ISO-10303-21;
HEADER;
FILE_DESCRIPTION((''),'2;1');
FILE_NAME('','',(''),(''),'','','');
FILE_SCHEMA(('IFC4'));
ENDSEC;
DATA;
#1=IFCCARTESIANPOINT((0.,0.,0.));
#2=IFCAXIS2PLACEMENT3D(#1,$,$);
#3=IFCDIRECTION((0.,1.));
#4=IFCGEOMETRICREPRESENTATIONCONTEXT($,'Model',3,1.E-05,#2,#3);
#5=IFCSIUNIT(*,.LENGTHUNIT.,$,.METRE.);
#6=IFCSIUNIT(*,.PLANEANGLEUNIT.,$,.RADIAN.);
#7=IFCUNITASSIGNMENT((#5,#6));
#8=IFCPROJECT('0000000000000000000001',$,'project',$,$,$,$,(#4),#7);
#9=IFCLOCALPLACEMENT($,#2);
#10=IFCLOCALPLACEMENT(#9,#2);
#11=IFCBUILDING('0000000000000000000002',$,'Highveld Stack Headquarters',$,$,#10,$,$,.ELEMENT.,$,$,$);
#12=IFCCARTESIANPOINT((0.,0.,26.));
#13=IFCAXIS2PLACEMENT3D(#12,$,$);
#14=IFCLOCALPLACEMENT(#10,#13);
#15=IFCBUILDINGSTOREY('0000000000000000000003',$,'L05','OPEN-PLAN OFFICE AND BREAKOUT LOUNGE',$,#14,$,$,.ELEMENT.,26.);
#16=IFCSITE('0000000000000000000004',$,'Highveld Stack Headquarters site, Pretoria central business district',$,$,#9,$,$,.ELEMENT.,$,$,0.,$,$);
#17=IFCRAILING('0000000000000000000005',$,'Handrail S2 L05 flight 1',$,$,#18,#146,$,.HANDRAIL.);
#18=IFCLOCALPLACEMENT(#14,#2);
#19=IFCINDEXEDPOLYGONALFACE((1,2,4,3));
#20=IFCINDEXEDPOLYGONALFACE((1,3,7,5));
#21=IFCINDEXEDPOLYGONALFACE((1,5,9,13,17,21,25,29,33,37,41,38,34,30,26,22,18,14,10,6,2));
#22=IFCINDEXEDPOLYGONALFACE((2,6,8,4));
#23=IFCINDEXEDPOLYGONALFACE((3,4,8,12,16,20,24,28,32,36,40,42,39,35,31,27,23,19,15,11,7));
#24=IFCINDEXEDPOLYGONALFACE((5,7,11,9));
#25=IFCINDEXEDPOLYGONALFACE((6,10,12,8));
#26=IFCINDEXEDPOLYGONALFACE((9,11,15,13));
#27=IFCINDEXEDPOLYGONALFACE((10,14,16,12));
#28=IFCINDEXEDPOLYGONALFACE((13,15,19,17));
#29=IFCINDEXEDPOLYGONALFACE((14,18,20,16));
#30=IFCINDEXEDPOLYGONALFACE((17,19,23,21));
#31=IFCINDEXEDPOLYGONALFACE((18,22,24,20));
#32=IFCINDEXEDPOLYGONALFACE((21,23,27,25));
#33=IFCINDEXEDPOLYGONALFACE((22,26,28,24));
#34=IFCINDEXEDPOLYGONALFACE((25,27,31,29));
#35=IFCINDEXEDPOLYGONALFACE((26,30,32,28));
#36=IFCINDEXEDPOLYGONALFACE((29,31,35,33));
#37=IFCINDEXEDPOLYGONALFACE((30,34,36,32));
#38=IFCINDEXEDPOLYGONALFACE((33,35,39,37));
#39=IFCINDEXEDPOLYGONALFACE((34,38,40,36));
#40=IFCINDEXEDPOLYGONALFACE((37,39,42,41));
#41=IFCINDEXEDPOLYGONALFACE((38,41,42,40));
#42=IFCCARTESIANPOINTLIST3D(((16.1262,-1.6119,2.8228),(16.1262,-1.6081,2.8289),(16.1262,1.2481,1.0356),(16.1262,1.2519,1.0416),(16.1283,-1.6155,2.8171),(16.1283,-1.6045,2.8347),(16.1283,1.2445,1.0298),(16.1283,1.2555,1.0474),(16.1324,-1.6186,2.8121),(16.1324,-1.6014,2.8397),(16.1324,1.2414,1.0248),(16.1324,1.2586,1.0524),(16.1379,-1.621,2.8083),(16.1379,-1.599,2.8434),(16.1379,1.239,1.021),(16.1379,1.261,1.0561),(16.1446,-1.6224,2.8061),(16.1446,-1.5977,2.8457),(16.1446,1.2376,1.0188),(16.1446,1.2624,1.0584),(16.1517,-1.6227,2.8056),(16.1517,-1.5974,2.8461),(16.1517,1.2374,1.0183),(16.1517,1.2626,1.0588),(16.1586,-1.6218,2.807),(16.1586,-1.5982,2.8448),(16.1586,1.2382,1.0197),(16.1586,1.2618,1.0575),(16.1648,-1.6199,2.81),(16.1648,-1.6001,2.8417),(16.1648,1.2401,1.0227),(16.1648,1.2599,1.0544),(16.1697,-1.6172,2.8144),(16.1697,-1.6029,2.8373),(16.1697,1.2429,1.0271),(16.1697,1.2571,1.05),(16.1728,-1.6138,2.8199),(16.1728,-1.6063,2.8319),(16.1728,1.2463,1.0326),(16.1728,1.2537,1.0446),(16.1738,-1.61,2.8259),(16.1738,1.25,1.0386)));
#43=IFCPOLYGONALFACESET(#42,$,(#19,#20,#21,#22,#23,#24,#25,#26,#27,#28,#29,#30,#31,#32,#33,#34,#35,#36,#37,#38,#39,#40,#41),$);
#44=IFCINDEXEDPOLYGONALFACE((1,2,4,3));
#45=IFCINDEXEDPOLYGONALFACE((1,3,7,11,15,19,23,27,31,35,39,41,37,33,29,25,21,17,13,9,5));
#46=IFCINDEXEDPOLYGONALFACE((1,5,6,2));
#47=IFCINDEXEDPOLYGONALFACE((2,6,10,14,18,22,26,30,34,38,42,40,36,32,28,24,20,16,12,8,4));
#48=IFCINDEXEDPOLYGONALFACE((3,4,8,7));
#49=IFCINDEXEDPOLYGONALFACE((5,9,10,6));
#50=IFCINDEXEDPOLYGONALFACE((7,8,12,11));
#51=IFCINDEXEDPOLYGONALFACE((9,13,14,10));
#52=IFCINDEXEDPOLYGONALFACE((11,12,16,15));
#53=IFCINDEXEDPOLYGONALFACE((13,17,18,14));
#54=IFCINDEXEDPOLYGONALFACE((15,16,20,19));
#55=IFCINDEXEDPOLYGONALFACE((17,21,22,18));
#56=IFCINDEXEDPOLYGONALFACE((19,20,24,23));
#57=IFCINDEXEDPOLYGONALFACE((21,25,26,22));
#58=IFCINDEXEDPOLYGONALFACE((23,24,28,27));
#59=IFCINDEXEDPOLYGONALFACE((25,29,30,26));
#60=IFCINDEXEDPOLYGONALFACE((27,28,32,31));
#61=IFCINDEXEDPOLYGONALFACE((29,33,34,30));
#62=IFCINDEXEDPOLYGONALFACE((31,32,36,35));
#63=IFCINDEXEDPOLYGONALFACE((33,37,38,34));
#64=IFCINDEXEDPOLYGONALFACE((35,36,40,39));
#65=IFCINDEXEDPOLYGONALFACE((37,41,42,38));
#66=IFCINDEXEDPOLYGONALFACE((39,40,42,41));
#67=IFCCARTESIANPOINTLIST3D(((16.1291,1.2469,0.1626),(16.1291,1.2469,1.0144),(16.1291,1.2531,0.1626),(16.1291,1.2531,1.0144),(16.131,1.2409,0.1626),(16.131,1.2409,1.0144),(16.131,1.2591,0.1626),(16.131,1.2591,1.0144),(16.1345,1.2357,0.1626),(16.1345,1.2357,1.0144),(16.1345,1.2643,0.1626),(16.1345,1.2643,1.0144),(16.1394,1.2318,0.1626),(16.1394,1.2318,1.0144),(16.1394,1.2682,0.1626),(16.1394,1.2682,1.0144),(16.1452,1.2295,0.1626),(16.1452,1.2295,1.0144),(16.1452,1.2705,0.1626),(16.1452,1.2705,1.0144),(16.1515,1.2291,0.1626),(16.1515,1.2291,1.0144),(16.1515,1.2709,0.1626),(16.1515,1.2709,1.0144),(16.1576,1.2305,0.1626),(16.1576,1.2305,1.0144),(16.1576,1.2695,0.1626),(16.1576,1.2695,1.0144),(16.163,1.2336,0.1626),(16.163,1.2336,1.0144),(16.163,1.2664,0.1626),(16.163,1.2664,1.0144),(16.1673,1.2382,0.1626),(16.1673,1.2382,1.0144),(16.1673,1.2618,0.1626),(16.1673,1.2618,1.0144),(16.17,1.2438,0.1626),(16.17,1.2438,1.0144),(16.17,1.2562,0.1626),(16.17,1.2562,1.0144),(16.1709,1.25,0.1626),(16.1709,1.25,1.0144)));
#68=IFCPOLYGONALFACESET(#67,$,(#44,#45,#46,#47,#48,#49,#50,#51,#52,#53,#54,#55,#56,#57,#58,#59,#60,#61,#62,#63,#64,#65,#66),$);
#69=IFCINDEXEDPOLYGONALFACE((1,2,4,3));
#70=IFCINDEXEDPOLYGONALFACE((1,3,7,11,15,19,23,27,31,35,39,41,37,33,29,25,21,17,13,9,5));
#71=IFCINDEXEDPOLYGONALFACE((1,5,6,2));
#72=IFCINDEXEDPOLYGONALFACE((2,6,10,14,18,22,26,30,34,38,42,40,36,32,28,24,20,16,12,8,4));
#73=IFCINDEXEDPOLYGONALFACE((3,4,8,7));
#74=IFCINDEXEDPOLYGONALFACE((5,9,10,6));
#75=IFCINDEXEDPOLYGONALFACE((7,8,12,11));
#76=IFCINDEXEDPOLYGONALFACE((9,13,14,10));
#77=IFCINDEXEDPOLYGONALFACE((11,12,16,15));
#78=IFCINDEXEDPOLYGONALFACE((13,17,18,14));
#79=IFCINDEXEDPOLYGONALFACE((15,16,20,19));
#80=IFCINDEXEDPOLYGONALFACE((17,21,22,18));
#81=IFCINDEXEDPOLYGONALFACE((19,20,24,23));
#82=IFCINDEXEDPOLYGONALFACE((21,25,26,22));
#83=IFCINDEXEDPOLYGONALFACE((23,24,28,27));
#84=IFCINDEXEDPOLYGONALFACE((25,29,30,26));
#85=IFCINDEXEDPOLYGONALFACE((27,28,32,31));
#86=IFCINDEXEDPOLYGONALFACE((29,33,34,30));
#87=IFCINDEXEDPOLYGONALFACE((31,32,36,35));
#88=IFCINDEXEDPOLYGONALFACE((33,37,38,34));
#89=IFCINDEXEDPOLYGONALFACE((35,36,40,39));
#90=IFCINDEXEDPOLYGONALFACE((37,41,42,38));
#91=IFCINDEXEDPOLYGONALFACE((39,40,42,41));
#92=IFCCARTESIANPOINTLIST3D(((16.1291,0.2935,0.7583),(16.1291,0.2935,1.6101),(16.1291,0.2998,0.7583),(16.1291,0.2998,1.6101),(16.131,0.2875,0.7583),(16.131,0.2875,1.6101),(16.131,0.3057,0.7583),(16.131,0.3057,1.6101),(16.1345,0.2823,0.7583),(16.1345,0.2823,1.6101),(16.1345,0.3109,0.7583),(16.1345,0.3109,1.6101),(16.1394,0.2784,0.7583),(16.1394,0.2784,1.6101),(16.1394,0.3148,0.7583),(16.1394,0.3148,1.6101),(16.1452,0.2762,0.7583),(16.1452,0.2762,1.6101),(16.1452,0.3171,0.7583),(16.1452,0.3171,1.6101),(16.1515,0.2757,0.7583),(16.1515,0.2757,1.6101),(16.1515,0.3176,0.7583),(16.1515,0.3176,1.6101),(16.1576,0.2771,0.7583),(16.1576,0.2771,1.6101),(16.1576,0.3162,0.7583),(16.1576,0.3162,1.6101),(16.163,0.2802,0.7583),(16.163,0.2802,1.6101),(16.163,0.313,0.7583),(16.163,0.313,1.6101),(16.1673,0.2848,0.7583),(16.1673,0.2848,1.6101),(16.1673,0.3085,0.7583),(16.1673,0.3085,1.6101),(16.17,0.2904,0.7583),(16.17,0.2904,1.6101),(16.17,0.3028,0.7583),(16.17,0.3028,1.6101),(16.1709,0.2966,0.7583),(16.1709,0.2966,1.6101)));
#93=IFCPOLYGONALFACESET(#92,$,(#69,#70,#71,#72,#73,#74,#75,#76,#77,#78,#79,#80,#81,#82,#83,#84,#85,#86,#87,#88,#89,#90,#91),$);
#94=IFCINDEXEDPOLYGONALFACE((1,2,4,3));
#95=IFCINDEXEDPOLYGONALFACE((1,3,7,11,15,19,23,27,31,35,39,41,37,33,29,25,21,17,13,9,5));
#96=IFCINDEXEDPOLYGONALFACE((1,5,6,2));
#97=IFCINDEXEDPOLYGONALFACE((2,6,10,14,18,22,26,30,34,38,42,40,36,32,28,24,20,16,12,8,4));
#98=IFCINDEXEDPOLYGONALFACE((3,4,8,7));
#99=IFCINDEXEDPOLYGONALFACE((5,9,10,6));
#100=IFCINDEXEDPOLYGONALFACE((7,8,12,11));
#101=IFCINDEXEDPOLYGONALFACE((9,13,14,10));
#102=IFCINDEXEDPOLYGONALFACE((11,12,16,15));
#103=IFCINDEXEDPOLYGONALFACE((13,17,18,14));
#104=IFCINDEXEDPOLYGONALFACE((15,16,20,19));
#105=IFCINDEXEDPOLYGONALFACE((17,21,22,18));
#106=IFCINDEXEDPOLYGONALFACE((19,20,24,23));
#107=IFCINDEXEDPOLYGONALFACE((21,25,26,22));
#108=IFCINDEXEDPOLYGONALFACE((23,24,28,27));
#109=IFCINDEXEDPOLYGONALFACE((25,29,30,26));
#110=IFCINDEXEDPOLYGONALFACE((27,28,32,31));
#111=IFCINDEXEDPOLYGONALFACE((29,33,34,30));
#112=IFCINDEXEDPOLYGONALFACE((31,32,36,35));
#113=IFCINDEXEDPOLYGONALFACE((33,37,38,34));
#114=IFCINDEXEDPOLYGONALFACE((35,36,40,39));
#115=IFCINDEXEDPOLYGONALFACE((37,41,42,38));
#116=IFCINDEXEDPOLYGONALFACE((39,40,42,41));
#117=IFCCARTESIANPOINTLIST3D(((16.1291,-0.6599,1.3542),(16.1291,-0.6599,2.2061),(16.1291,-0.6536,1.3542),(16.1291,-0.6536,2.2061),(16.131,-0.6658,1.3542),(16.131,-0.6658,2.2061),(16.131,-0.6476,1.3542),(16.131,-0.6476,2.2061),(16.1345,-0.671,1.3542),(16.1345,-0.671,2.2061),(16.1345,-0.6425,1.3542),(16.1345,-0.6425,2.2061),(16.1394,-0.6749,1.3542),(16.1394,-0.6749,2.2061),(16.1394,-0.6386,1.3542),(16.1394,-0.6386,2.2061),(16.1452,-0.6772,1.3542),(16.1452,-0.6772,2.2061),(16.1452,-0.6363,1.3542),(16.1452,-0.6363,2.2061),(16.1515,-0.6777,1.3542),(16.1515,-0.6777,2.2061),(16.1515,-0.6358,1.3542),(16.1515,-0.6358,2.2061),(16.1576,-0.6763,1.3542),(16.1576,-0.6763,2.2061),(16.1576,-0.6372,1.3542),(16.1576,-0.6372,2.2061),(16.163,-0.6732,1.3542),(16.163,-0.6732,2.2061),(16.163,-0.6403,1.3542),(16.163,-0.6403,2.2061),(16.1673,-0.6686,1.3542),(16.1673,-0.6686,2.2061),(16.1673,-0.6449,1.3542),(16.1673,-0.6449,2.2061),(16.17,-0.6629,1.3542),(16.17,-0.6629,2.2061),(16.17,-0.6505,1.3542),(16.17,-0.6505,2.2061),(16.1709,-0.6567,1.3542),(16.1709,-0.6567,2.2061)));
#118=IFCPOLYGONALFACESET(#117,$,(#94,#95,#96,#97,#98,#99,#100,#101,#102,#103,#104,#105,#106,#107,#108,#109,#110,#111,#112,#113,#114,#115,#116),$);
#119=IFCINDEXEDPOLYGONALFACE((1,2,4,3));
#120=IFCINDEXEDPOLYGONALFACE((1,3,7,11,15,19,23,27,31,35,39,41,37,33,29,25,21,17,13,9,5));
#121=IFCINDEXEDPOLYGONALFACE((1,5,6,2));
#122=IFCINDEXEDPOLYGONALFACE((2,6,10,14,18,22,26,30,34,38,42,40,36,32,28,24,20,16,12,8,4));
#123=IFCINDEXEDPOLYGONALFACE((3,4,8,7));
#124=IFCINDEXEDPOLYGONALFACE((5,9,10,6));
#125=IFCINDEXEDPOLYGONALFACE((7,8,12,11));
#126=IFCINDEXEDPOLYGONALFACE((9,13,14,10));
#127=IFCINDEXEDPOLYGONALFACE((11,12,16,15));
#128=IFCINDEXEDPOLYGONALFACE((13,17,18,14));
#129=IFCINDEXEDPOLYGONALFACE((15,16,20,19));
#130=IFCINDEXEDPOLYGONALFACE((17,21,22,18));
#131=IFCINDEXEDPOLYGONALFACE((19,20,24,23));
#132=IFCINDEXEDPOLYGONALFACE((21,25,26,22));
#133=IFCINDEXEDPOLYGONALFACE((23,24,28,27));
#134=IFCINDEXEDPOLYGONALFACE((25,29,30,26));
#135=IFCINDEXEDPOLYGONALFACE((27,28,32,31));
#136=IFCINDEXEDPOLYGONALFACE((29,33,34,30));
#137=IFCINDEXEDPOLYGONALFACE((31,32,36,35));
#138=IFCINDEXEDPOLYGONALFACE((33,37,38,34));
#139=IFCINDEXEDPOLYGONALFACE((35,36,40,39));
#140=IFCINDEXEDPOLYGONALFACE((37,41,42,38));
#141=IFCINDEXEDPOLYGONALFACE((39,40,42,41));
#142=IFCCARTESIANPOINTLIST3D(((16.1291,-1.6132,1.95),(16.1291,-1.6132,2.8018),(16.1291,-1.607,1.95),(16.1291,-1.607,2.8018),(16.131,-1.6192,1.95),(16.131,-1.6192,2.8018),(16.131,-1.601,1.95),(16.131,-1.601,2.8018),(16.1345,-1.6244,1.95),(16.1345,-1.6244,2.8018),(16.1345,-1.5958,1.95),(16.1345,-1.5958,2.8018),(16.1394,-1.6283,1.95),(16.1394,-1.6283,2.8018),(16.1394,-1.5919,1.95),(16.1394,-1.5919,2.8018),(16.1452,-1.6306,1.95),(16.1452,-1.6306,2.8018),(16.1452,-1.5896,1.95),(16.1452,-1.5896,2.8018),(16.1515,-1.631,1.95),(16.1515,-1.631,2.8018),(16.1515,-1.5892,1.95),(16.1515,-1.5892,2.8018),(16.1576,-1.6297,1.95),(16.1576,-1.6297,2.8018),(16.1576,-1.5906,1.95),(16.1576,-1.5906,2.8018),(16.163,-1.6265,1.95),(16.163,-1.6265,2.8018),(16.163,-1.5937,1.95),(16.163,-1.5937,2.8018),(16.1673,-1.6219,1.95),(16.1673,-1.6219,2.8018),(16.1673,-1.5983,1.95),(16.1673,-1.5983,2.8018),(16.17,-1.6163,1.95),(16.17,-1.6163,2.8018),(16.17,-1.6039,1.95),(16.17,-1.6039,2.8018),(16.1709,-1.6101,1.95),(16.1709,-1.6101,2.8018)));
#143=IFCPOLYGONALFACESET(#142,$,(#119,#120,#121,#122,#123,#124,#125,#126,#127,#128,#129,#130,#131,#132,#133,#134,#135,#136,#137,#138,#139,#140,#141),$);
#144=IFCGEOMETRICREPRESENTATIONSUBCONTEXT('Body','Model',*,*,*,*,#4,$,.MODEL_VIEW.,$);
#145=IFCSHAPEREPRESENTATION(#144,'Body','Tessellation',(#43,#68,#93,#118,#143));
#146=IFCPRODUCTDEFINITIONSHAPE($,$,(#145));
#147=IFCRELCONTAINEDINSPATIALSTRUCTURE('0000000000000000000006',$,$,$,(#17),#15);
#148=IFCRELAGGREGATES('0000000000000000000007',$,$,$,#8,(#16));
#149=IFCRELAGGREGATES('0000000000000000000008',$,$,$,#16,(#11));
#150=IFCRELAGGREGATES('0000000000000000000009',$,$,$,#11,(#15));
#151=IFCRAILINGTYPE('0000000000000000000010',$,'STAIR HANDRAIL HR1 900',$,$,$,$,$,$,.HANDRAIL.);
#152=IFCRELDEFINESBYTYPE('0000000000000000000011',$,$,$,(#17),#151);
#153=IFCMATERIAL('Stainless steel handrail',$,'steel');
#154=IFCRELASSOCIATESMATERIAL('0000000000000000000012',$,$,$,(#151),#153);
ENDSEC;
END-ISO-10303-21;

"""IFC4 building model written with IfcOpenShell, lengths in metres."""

from ifc_helpers import new_model, si_unit, direction, frame, origin, origin_2d, place, context, subcontext, project, spatial, circle, extrude, material, type_object, element, save


model = new_model("IFC4")

# Units and contexts
model_context = context("Model", 3, precision=1e-05, world=origin(), true_north=direction((0.0, 1.0)))
body_context = subcontext(model_context, "Body", "Model", "MODEL_VIEW")
ifc_project = project(units=[si_unit("LENGTHUNIT", "METRE"), si_unit("PLANEANGLEUNIT", "RADIAN")], contexts=[model_context])

# Site, building, storey
site_placement = place(None, origin())
site = spatial("IfcSite", under=ifc_project, at=site_placement, Name="Highveld Stack Headquarters site, Pretoria central business district", CompositionType="ELEMENT", RefElevation=0.0)
building_placement = place(site_placement, origin())
building = spatial("IfcBuilding", under=site, at=building_placement, Name="Highveld Stack Headquarters", CompositionType="ELEMENT")
storey_placement = place(building_placement, frame((0.0, 0.0, 26.0)))
storey = spatial("IfcBuildingStorey", under=building, at=storey_placement, Name="L05", Description="OPEN-PLAN OFFICE AND BREAKOUT LOUNGE", CompositionType="ELEMENT", Elevation=26.0)

# Railing
ifc_material_1 = material(Name="Stainless steel handrail", Category="steel")
railing_type = type_object("IfcRailingType", Name="STAIR HANDRAIL HR1 900", PredefinedType="HANDRAIL", material=ifc_material_1)
for number, where, name in (
    (1, (16.1499, 1.25, 0.1626), "Handrail S2 L05 flight 1"),
):
    element("IfcRailing", number, at=place(storey_placement, frame(where)), inside=storey, type_object=railing_type, Name=name, PredefinedType="HANDRAIL", context=body_context, shape_type="SweptSolid", body=[
        extrude(circle(Radius=0.0239, at=origin_2d()), frame((0.0, 0.0, 0.876), z_axis=(0.0, -0.848027, 0.529953), x_axis=(1.0, 0.0, 0.0)), (0.0, 0.0, 1.0), 3.3726),
        extrude(circle(Radius=0.021, at=origin_2d()), origin(), (0.0, 0.0, 1.0), 0.8518),
        extrude(circle(Radius=0.021, at=origin_2d()), frame((0.0, -0.9534, 0.5957)), (0.0, 0.0, 1.0), 0.8518),
        extrude(circle(Radius=0.021, at=origin_2d()), frame((0.0, -1.9067, 1.1917)), (0.0, 0.0, 1.0), 0.8518),
        extrude(circle(Radius=0.021, at=origin_2d()), frame((0.0, -2.8601, 1.7874)), (0.0, 0.0, 1.0), 0.8518),
    ])

save(model, "model.ifc")
